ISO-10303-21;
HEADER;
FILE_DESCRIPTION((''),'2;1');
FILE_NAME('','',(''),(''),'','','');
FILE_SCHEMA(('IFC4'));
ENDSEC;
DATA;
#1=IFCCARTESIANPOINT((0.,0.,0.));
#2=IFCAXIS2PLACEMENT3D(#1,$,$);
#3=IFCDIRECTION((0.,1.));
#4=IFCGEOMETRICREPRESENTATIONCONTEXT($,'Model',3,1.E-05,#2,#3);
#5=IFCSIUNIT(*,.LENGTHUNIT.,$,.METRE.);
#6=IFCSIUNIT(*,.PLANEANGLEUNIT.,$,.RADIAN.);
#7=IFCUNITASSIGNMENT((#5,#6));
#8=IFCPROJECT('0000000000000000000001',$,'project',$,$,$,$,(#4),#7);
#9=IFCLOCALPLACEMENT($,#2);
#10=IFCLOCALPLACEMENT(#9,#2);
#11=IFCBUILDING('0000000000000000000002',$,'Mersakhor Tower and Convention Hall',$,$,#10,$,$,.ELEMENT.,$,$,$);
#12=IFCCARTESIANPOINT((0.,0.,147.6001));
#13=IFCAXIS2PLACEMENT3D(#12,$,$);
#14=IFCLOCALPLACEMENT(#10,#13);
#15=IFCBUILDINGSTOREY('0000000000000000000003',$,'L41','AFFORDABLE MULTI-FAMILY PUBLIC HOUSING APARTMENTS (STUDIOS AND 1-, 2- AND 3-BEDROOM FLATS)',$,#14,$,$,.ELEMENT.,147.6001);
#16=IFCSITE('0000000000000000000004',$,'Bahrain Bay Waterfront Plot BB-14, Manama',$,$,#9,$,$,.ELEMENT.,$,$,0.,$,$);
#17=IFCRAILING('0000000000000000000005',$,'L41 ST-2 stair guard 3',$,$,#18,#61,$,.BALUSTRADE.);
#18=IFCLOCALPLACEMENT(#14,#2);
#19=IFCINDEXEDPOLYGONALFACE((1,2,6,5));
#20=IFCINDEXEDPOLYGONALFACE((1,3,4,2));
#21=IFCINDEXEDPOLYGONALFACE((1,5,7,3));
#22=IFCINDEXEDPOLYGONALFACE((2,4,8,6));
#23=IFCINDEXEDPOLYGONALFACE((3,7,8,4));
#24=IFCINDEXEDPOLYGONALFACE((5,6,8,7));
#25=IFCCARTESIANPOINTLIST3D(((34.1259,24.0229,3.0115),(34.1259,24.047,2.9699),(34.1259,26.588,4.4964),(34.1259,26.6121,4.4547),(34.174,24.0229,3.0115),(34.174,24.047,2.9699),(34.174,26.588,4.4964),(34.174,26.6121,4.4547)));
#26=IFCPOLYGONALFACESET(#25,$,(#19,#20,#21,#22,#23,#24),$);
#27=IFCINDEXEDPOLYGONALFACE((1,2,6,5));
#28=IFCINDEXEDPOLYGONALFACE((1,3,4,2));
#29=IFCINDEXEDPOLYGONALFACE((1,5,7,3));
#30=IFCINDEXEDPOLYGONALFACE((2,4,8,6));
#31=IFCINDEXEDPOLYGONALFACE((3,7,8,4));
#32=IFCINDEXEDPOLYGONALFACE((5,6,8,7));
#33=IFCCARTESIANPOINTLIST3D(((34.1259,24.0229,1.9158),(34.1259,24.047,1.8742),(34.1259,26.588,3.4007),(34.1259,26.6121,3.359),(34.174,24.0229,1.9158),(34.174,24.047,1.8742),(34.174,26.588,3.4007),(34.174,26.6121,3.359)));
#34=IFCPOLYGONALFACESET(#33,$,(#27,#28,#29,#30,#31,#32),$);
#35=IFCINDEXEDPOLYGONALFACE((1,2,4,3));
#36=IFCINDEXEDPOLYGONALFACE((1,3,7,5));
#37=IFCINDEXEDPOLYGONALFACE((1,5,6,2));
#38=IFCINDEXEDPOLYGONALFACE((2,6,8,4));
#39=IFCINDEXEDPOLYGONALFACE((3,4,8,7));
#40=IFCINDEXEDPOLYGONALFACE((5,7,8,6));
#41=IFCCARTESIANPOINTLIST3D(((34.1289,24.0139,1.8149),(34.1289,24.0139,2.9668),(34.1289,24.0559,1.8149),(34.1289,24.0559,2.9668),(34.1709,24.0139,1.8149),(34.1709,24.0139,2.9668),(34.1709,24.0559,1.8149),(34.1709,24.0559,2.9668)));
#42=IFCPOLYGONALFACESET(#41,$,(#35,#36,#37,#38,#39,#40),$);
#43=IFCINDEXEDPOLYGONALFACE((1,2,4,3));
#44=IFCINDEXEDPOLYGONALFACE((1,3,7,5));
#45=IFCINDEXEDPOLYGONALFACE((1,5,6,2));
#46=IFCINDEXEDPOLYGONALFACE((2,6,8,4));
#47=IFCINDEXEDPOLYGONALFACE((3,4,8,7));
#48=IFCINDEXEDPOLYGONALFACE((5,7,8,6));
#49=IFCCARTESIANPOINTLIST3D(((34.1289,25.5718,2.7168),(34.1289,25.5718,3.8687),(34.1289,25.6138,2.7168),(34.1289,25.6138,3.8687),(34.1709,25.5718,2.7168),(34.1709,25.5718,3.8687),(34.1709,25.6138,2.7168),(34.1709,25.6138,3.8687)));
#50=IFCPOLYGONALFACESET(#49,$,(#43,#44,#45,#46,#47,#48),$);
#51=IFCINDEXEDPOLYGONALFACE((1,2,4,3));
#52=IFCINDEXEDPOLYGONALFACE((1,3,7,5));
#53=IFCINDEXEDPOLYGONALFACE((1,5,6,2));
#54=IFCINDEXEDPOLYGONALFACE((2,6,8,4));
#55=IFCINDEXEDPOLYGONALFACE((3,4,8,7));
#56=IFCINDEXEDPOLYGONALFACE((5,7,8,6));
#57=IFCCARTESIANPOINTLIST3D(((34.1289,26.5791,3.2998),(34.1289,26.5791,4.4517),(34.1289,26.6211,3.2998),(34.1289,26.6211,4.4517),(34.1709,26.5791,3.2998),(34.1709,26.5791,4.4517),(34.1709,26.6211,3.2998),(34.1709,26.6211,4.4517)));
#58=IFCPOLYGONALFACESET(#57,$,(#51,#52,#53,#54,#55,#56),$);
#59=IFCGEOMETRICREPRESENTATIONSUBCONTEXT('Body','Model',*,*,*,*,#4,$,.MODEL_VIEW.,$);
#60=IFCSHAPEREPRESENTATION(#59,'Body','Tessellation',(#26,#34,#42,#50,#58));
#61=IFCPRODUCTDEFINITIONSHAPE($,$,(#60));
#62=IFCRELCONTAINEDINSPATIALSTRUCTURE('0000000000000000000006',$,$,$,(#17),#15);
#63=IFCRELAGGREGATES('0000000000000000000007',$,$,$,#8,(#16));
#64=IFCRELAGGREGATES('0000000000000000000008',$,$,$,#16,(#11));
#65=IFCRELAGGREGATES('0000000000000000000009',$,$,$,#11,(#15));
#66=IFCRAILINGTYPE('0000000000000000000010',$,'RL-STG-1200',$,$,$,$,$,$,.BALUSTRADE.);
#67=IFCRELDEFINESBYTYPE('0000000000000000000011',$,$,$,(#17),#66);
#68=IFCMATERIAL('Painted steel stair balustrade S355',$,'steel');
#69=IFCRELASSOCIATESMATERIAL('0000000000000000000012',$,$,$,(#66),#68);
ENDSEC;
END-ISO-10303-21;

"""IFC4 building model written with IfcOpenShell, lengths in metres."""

from ifc_helpers import new_model, si_unit, direction, frame, origin, origin_2d, place, context, subcontext, project, spatial, rectangle, extrude, material, type_object, element, save


model = new_model("IFC4")

# Units and contexts
model_context = context("Model", 3, precision=1e-05, world=origin(), true_north=direction((0.0, 1.0)))
body_context = subcontext(model_context, "Body", "Model", "MODEL_VIEW")
ifc_project = project(units=[si_unit("LENGTHUNIT", "METRE"), si_unit("PLANEANGLEUNIT", "RADIAN")], contexts=[model_context])

# Site, building, storey
site_placement = place(None, origin())
site = spatial("IfcSite", under=ifc_project, at=site_placement, Name="Bahrain Bay Waterfront Plot BB-14, Manama", CompositionType="ELEMENT", RefElevation=0.0)
building_placement = place(site_placement, origin())
building = spatial("IfcBuilding", under=site, at=building_placement, Name="Mersakhor Tower and Convention Hall", CompositionType="ELEMENT")
storey_placement = place(building_placement, frame((0.0, 0.0, 147.6001)))
storey = spatial("IfcBuildingStorey", under=building, at=storey_placement, Name="L41", Description="AFFORDABLE MULTI-FAMILY PUBLIC HOUSING APARTMENTS (STUDIOS AND 1-, 2- AND 3-BEDROOM FLATS)", CompositionType="ELEMENT", Elevation=147.6001)

# Railing
ifc_material_1 = material(Name="Painted steel stair balustrade S355", Category="steel")
railing_type_1 = type_object("IfcRailingType", Name="RL-STG-1200", PredefinedType="BALUSTRADE", material=ifc_material_1)
railing_1_placement = place(storey_placement, frame((34.1499, 24.0349, 1.8149)))
element("IfcRailing", 1, at=railing_1_placement, inside=storey, type_object=railing_type_1, Name="L41 ST-2 stair guard 3", PredefinedType="BALUSTRADE", context=body_context, shape_type="SweptSolid", body=[
    extrude(rectangle(XDim=0.0481, YDim=0.0481, at=origin_2d()), frame((0.0, 0.0, 1.1758), z_axis=(0.0, 0.865462, 0.500975), x_axis=(-1.0, 0.0, 0.0)), (0.0, 0.0, 1.0), 2.9639),
    extrude(rectangle(XDim=0.0481, YDim=0.0481, at=origin_2d()), frame((0.0, 0.0, 0.0801), z_axis=(0.0, 0.865462, 0.500975), x_axis=(-1.0, 0.0, 0.0)), (0.0, 0.0, 1.0), 2.9639),
    extrude(rectangle(XDim=0.042, YDim=0.042, at=origin_2d()), origin(), (0.0, 0.0, 1.0), 1.1519),
    extrude(rectangle(XDim=0.042, YDim=0.042, at=origin_2d()), frame((0.0, 1.5579, 0.9019)), (0.0, 0.0, 1.0), 1.1519),
    extrude(rectangle(XDim=0.042, YDim=0.042, at=origin_2d()), frame((0.0, 2.5652, 1.4849)), (0.0, 0.0, 1.0), 1.1519),
])

save(model, "model.ifc")
